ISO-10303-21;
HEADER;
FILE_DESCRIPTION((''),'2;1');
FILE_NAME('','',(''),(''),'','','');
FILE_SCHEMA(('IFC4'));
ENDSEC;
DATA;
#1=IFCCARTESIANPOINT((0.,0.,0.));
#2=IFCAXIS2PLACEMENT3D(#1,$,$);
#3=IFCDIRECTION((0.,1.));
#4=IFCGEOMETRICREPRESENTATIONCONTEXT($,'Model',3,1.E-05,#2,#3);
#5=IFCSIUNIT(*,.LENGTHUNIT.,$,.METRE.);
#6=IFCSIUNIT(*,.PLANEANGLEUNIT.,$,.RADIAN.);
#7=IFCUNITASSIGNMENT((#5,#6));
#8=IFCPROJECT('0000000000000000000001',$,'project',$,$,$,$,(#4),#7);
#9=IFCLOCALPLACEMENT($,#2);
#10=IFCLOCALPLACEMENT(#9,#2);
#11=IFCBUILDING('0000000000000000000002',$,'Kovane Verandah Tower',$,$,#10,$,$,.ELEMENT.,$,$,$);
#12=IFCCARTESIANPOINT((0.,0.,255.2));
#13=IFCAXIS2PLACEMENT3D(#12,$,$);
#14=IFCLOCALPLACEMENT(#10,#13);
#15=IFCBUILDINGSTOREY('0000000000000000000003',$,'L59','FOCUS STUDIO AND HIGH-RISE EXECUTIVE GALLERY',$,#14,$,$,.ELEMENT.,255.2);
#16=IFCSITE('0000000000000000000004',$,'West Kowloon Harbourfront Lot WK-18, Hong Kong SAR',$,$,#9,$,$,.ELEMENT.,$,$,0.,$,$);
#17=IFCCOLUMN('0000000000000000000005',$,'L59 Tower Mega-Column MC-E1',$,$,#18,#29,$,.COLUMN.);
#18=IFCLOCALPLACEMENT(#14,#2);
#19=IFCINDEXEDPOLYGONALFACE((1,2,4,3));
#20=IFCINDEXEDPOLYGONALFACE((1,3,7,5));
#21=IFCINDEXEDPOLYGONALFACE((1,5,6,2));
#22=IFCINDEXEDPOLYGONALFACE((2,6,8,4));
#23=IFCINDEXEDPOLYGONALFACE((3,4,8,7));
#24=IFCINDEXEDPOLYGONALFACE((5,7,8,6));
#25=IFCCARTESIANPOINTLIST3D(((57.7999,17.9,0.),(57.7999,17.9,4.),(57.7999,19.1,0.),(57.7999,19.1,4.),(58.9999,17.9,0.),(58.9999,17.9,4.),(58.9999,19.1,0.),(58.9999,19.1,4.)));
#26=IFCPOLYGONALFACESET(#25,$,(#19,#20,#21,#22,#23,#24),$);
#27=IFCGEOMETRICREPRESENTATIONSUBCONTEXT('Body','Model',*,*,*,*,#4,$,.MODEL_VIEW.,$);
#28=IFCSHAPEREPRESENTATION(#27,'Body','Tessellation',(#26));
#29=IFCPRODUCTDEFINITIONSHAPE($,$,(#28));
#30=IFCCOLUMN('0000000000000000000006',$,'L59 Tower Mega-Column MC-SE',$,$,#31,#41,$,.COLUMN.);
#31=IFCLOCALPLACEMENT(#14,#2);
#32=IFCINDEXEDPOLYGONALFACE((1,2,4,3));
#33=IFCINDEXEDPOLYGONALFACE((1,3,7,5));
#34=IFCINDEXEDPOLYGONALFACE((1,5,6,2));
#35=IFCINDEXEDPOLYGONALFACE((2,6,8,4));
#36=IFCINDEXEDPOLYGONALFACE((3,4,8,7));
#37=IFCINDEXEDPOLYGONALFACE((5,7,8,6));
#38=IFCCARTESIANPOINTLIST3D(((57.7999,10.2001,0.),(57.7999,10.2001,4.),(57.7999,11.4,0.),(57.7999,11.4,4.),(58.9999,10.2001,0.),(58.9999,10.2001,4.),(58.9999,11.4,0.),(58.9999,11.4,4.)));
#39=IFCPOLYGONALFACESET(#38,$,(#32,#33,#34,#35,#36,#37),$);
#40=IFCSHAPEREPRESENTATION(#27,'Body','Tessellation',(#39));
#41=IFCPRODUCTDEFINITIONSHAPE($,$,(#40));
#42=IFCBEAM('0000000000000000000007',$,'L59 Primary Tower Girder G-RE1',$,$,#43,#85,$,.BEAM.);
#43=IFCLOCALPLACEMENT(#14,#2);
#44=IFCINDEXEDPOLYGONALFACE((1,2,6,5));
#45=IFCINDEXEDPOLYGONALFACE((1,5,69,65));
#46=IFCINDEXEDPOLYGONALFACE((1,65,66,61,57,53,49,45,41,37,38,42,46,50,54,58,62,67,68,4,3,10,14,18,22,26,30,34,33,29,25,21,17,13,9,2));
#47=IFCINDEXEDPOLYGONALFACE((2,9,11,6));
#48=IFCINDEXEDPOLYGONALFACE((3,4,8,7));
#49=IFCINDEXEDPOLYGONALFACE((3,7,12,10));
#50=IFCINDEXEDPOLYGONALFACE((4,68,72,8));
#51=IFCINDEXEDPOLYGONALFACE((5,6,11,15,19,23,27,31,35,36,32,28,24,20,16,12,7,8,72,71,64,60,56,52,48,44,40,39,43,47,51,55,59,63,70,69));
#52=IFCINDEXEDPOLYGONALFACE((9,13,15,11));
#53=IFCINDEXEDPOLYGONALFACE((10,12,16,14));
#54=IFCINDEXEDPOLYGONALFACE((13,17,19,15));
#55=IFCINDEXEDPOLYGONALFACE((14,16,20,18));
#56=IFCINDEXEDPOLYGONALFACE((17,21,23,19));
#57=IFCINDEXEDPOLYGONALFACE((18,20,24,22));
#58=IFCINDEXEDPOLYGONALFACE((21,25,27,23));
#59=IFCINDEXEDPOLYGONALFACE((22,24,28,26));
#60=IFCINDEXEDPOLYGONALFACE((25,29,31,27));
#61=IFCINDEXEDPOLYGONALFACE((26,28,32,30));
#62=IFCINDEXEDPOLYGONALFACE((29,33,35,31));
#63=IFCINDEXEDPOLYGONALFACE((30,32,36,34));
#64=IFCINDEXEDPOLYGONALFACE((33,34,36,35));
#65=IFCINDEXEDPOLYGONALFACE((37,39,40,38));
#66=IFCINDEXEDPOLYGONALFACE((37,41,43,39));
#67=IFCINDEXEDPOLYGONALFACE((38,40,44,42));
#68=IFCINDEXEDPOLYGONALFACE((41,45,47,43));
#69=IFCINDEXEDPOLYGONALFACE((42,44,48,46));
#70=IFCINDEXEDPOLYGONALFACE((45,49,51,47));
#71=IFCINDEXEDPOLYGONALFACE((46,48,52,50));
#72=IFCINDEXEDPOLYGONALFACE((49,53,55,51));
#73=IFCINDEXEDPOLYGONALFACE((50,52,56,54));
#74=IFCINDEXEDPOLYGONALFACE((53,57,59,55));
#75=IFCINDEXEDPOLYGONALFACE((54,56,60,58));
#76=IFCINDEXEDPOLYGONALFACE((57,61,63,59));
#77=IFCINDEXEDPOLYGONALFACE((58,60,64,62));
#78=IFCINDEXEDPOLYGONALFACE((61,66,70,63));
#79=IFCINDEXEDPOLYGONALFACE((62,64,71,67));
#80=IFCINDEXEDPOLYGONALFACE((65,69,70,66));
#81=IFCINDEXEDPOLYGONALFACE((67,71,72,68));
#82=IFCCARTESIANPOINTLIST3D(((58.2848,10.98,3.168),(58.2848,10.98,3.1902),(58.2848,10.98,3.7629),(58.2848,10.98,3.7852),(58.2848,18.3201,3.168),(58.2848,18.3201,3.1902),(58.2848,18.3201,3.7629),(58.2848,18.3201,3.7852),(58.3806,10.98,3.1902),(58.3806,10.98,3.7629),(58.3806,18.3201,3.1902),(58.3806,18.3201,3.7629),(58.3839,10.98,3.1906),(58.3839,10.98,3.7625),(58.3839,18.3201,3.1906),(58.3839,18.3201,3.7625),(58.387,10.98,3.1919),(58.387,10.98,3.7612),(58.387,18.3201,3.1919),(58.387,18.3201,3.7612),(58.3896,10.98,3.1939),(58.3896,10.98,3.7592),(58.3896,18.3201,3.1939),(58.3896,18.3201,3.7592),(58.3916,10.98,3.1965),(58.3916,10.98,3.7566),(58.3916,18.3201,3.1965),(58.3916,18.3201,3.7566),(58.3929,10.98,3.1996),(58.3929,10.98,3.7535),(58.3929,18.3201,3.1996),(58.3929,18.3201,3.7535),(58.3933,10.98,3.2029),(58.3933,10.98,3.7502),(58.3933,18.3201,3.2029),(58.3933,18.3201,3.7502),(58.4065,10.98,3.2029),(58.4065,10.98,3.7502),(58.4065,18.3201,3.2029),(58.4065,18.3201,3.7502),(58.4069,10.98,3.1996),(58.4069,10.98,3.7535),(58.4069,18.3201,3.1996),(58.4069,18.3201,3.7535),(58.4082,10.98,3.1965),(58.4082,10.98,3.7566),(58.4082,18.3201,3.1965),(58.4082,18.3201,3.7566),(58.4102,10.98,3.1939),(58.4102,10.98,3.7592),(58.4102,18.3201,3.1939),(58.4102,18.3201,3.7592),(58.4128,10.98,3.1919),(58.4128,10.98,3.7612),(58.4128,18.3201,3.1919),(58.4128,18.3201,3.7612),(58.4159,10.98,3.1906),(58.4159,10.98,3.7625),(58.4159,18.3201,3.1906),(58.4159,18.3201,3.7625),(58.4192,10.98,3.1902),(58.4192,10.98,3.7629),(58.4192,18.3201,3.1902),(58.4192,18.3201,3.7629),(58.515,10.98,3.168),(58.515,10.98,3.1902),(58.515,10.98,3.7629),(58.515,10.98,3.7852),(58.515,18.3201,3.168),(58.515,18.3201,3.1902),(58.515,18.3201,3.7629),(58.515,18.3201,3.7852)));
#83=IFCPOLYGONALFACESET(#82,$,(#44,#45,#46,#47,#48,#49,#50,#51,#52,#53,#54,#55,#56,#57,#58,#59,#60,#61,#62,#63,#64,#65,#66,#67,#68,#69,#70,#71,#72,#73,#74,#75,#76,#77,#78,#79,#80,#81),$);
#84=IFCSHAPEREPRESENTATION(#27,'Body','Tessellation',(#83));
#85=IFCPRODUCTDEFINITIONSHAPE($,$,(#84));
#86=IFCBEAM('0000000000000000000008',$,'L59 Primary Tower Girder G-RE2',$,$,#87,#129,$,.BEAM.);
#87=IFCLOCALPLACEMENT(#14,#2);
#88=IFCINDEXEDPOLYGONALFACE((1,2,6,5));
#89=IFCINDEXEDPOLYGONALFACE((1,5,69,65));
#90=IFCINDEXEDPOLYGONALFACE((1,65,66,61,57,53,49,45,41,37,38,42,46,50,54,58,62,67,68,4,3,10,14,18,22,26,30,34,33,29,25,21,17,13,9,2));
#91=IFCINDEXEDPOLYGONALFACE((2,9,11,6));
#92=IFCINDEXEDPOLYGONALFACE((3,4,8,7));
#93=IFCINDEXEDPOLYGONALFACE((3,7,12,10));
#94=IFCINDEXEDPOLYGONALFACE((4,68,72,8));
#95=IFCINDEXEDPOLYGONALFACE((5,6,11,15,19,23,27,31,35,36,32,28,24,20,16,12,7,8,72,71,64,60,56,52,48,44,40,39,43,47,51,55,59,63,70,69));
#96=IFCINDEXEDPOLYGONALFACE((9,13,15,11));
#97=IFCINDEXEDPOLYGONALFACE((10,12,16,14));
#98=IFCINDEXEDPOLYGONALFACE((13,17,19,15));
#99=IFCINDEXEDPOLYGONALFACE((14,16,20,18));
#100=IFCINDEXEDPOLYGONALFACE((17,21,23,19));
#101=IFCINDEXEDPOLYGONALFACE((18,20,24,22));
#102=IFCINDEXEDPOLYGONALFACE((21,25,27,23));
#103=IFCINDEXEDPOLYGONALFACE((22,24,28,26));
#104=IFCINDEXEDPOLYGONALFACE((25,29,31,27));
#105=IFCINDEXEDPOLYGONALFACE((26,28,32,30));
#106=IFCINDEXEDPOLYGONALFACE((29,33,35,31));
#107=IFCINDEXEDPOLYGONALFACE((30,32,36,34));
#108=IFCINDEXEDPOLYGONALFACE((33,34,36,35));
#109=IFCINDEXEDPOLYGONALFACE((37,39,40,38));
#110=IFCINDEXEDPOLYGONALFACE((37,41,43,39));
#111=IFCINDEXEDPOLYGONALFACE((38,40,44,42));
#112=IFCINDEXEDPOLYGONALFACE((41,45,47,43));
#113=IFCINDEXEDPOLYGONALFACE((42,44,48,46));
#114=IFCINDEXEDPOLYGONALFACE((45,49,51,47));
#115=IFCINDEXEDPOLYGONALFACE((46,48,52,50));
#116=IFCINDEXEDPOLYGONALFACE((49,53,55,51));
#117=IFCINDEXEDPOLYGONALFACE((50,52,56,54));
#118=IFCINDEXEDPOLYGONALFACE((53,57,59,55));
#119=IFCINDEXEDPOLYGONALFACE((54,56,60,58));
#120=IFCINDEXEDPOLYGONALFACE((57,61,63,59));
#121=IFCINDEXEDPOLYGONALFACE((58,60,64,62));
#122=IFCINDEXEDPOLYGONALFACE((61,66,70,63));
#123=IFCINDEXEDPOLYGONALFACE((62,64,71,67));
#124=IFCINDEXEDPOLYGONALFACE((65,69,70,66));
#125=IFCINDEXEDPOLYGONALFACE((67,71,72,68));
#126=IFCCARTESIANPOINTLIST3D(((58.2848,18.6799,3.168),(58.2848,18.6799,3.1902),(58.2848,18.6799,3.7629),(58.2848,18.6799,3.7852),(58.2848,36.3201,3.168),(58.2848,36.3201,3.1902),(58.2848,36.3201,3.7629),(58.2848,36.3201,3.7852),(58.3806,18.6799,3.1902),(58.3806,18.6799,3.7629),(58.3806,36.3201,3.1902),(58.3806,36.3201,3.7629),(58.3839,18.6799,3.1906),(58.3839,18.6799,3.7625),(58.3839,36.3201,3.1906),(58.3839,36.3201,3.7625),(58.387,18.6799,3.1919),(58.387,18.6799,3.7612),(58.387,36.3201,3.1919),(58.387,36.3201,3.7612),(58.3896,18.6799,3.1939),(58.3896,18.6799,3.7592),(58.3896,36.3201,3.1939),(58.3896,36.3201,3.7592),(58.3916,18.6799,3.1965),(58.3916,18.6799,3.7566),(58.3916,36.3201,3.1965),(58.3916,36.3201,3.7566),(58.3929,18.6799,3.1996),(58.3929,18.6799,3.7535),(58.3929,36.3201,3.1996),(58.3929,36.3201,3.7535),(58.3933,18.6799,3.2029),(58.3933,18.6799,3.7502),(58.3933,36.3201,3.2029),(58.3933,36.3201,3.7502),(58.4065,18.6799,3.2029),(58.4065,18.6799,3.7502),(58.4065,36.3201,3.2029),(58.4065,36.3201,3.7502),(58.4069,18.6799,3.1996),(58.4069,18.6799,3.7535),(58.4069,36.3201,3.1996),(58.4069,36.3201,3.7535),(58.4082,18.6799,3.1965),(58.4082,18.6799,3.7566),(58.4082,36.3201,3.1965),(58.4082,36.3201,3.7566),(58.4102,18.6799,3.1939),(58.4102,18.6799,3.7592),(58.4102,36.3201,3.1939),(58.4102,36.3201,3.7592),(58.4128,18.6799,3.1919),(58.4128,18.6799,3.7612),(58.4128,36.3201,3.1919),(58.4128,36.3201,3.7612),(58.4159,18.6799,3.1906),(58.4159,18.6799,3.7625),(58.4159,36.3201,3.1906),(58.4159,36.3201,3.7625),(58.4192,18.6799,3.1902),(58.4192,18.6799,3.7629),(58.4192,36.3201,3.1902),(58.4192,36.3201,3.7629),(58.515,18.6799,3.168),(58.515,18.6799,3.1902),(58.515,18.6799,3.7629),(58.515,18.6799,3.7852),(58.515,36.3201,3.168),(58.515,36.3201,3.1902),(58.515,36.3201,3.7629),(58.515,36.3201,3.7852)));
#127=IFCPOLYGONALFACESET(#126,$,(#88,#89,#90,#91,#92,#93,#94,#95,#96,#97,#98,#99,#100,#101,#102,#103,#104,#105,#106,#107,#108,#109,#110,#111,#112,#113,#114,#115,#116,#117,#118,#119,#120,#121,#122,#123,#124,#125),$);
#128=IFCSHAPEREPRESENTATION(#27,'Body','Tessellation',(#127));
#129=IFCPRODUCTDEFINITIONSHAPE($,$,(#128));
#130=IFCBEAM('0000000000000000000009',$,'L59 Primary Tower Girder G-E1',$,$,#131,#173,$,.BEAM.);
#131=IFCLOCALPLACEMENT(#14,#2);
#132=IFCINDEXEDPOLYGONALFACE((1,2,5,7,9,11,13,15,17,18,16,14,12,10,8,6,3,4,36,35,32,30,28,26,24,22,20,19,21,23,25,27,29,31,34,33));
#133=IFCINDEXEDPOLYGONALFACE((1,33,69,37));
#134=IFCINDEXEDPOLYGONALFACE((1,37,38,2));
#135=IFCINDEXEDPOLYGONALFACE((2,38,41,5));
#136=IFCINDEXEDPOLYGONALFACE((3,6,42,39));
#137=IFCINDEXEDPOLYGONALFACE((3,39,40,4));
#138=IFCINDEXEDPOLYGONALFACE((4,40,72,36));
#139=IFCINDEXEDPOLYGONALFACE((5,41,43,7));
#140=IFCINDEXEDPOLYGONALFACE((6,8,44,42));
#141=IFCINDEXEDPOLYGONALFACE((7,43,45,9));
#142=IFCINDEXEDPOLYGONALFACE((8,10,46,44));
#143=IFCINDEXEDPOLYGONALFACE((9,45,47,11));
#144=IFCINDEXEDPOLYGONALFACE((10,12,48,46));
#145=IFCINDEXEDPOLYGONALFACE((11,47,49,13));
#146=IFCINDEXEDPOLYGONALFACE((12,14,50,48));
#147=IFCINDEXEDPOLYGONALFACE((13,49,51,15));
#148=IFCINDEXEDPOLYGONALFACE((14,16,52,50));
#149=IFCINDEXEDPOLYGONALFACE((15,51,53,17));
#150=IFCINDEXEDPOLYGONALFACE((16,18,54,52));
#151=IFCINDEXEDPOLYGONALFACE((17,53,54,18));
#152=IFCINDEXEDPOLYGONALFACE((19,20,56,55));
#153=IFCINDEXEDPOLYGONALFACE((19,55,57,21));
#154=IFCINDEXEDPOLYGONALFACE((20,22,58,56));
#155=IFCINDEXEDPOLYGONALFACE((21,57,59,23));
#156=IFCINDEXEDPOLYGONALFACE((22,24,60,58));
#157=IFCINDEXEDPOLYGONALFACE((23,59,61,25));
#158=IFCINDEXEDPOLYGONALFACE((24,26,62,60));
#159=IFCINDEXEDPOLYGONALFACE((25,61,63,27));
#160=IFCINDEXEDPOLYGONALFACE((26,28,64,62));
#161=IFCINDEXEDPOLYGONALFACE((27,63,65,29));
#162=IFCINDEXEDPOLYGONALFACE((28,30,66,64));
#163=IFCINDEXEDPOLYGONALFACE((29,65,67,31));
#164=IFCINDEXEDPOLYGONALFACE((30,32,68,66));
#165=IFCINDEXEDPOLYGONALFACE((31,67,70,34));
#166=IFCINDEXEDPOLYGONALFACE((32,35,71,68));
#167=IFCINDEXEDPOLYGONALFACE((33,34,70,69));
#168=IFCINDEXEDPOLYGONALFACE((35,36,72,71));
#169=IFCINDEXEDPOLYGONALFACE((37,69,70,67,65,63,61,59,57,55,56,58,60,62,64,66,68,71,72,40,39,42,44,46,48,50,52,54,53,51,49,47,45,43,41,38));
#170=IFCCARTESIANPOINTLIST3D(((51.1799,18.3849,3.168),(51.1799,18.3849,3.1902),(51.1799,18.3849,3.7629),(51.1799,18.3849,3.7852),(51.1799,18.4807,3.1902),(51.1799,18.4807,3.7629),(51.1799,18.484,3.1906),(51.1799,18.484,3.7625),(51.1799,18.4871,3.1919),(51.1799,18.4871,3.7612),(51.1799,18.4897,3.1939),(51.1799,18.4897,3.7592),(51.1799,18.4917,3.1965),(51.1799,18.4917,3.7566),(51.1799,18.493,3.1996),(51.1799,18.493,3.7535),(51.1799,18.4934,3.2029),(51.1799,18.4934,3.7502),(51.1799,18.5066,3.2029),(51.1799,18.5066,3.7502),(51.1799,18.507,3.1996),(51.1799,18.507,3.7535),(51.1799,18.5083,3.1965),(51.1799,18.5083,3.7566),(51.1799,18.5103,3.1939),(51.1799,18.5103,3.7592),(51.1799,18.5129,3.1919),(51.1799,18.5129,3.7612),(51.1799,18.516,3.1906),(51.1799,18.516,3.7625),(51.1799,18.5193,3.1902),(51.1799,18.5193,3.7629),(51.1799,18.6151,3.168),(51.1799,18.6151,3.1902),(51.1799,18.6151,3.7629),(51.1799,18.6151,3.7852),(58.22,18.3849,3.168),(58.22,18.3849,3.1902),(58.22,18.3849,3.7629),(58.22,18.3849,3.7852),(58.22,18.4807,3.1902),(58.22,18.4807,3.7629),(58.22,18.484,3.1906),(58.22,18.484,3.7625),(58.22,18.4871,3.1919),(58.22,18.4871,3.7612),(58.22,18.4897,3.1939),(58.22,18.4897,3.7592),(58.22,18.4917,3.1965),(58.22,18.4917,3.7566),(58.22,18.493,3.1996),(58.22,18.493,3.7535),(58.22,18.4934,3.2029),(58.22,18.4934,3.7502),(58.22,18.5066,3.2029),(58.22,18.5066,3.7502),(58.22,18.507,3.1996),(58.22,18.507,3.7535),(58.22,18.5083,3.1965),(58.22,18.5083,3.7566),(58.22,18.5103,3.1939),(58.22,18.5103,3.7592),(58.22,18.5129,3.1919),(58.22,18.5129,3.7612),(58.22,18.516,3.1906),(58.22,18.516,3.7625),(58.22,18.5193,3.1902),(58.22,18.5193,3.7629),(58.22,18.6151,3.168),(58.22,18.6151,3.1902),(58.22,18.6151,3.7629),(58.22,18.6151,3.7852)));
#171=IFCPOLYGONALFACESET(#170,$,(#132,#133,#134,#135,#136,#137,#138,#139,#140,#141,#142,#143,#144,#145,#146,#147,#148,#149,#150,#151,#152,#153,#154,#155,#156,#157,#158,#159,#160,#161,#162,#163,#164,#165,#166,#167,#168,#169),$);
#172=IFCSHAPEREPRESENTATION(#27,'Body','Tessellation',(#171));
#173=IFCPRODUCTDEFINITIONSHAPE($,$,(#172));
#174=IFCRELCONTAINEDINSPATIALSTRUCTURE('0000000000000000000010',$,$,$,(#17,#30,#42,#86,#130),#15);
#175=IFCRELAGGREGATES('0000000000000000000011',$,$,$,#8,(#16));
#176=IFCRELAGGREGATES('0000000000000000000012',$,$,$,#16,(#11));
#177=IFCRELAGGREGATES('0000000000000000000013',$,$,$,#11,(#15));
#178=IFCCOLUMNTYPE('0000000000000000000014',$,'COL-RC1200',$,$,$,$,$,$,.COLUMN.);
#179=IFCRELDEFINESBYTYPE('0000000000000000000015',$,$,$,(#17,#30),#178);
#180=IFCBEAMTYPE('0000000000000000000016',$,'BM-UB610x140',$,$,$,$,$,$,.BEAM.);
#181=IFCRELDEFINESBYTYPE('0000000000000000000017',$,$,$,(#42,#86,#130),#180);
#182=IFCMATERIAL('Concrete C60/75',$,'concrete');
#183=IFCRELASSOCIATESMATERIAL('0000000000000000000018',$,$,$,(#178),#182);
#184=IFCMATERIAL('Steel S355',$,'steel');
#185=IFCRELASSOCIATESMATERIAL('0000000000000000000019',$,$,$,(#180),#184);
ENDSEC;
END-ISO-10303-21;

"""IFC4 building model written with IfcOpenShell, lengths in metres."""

from ifc_helpers import new_model, si_unit, direction, frame, origin, origin_2d, place, context, subcontext, project, spatial, rectangle, i_section, extrude, material, material_profile, profile_set, type_object, element, save


model = new_model("IFC4")

# Units and contexts
model_context = context("Model", 3, precision=1e-05, world=origin(), true_north=direction((0.0, 1.0)))
body_context = subcontext(model_context, "Body", "Model", "MODEL_VIEW")
ifc_project = project(units=[si_unit("LENGTHUNIT", "METRE"), si_unit("PLANEANGLEUNIT", "RADIAN")], contexts=[model_context])

# Site, building, storey
site_placement = place(None, origin())
site = spatial("IfcSite", under=ifc_project, at=site_placement, Name="West Kowloon Harbourfront Lot WK-18, Hong Kong SAR", CompositionType="ELEMENT", RefElevation=0.0)
building_placement = place(site_placement, origin())
building = spatial("IfcBuilding", under=site, at=building_placement, Name="Kovane Verandah Tower", CompositionType="ELEMENT")
storey_placement = place(building_placement, frame((0.0, 0.0, 255.2)))
storey = spatial("IfcBuildingStorey", under=building, at=storey_placement, Name="L59", Description="FOCUS STUDIO AND HIGH-RISE EXECUTIVE GALLERY", CompositionType="ELEMENT", Elevation=255.2)

# Columns
ifc_material_1 = material(Name="Concrete C60/75", Category="concrete")
ifc_material_profile_1 = material_profile(ifc_material_1, rectangle(XDim=1.2, YDim=1.2, at=origin_2d()), Name="RC1200x1200")
ifc_profile_set_1 = profile_set([ifc_material_profile_1], Name="Concrete C60/75")
column_type = type_object("IfcColumnType", Name="COL-RC1200", PredefinedType="COLUMN", material=ifc_profile_set_1)
for number, where, z_axis, x_axis, name in (
    (1, (58.3999, 18.5, 0.0), (0.0, 0.0, 1.0), (1.0, 0.0, 0.0), "L59 Tower Mega-Column MC-E1"),
    (2, (58.3999, 10.8, 0.0), (0.0, 0.0, 1.0), (1.0, 0.0, 0.0), "L59 Tower Mega-Column MC-SE"),
):
    element("IfcColumn", number, at=place(storey_placement, frame(where, z_axis=z_axis, x_axis=x_axis)), inside=storey, type_object=column_type, Name=name, PredefinedType="COLUMN", context=body_context, shape_type="SweptSolid", body=[
        extrude(rectangle(XDim=1.2, YDim=1.2, at=origin_2d()), origin(), (0.0, 0.0, 1.0), 4.0),
    ])

# Beams
ifc_material_2 = material(Name="Steel S355", Category="steel")
ifc_material_profile_2 = material_profile(ifc_material_2, i_section(OverallWidth=0.2302, OverallDepth=0.6172, WebThickness=0.0132, FlangeThickness=0.0222, FilletRadius=0.0127, at=origin_2d()), Name="UB610x229x140")
ifc_profile_set_2 = profile_set([ifc_material_profile_2], Name="Steel S355")
beam_type_1 = type_object("IfcBeamType", Name="BM-UB610x140", PredefinedType="BEAM", material=ifc_profile_set_2)
beam_1_placement = place(storey_placement, frame((58.3999, 10.98, 3.4766), z_axis=(0.0, 1.0, 0.0), x_axis=(-1.0, 0.0, 0.0)))
element("IfcBeam", 3, at=beam_1_placement, inside=storey, type_object=beam_type_1, Name="L59 Primary Tower Girder G-RE1", PredefinedType="BEAM", context=body_context, shape_type="SweptSolid", body=[
    extrude(i_section(OverallWidth=0.2302, OverallDepth=0.6172, WebThickness=0.0132, FlangeThickness=0.0222, FilletRadius=0.0127, at=origin_2d()), origin(), (0.0, 0.0, 1.0), 7.3401),
])
beam_2_placement = place(storey_placement, frame((58.3999, 18.6799, 3.4766), z_axis=(0.0, 1.0, 0.0), x_axis=(-1.0, 0.0, 0.0)))
element("IfcBeam", 4, at=beam_2_placement, inside=storey, type_object=beam_type_1, Name="L59 Primary Tower Girder G-RE2", PredefinedType="BEAM", context=body_context, shape_type="SweptSolid", body=[
    extrude(i_section(OverallWidth=0.2302, OverallDepth=0.6172, WebThickness=0.0132, FlangeThickness=0.0222, FilletRadius=0.0127, at=origin_2d()), origin(), (0.0, 0.0, 1.0), 17.6401),
])
beam_3_placement = place(storey_placement, frame((51.1799, 18.5, 3.4766), z_axis=(1.0, 0.0, 0.0), x_axis=(0.0, 1.0, 0.0)))
element("IfcBeam", 5, at=beam_3_placement, inside=storey, type_object=beam_type_1, Name="L59 Primary Tower Girder G-E1", PredefinedType="BEAM", context=body_context, shape_type="SweptSolid", body=[
    extrude(i_section(OverallWidth=0.2302, OverallDepth=0.6172, WebThickness=0.0132, FlangeThickness=0.0222, FilletRadius=0.0127, at=origin_2d()), origin(), (0.0, 0.0, 1.0), 7.04),
])

save(model, "model.ifc")
